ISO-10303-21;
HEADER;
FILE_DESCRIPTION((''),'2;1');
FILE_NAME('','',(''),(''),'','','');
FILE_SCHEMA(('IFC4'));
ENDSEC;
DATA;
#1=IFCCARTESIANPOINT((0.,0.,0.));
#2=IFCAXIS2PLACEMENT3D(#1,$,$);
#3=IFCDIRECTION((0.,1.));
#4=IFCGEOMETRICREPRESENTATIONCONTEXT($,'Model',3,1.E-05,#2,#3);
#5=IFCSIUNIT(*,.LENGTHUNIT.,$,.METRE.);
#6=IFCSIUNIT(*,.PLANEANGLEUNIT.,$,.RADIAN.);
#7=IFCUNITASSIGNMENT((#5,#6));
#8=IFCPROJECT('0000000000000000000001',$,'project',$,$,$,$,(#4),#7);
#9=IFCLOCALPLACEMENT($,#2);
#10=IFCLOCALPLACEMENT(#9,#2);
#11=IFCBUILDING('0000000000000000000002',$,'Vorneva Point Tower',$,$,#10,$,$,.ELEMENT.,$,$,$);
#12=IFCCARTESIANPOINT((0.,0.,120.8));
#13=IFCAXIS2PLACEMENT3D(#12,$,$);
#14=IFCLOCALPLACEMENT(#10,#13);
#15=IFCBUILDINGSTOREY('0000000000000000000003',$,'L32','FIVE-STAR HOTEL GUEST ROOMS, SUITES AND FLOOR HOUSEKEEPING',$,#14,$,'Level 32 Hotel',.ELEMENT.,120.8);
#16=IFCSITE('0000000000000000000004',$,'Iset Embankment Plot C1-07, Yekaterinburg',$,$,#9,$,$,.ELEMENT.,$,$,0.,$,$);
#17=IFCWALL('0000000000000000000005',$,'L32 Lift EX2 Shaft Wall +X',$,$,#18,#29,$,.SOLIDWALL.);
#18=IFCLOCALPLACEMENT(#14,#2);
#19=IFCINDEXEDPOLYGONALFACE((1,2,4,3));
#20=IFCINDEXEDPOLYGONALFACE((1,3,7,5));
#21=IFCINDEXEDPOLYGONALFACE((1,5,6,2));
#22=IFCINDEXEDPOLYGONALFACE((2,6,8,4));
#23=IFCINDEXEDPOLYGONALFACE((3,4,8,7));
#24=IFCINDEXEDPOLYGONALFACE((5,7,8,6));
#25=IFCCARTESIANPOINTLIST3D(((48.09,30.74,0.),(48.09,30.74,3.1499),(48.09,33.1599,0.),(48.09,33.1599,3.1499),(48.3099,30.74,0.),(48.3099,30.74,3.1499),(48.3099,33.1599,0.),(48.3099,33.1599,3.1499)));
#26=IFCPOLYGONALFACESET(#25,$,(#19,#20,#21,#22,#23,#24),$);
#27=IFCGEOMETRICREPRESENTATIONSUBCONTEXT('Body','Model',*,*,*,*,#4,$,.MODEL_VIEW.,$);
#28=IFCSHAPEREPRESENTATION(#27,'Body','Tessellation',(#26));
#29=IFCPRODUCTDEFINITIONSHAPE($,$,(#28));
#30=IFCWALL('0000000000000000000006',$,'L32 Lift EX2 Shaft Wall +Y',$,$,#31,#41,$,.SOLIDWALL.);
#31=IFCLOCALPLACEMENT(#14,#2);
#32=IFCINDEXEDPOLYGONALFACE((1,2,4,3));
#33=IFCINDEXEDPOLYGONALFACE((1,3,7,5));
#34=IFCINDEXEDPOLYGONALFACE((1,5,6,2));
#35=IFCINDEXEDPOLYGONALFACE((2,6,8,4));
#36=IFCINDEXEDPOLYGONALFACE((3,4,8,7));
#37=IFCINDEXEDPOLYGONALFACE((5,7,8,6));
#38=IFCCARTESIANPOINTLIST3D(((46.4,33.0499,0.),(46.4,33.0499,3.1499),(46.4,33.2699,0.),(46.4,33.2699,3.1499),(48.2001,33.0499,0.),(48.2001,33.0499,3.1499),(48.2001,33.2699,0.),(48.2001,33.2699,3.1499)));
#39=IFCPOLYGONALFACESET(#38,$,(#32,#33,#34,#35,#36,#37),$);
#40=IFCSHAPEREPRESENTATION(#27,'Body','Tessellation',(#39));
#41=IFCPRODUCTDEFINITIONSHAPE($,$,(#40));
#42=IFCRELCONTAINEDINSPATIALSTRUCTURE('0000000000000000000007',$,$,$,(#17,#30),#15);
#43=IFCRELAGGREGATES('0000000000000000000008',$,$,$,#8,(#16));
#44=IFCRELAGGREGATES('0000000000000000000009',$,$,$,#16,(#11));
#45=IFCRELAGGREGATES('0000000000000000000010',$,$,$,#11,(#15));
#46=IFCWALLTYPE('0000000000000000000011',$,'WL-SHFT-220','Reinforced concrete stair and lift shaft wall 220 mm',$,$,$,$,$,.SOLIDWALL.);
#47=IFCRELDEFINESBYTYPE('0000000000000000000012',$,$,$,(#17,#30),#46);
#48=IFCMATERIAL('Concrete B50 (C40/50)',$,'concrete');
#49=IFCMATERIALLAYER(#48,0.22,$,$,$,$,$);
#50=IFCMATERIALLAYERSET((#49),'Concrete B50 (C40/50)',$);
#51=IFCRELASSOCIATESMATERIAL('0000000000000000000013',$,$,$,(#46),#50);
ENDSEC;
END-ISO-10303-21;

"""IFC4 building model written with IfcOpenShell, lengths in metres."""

from ifc_helpers import new_model, si_unit, direction, frame, frame_2d, origin, place, context, subcontext, project, spatial, rectangle, extrude, material, layer, layer_set, type_object, element, save


model = new_model("IFC4")

# Units and contexts
model_context = context("Model", 3, precision=1e-05, world=origin(), true_north=direction((0.0, 1.0)))
body_context = subcontext(model_context, "Body", "Model", "MODEL_VIEW")
ifc_project = project(units=[si_unit("LENGTHUNIT", "METRE"), si_unit("PLANEANGLEUNIT", "RADIAN")], contexts=[model_context])

# Site, building, storey
site_placement = place(None, origin())
site = spatial("IfcSite", under=ifc_project, at=site_placement, Name="Iset Embankment Plot C1-07, Yekaterinburg", CompositionType="ELEMENT", RefElevation=0.0)
building_placement = place(site_placement, origin())
building = spatial("IfcBuilding", under=site, at=building_placement, Name="Vorneva Point Tower", CompositionType="ELEMENT")
storey_placement = place(building_placement, frame((0.0, 0.0, 120.8)))
storey = spatial("IfcBuildingStorey", under=building, at=storey_placement, Name="L32", Description="FIVE-STAR HOTEL GUEST ROOMS, SUITES AND FLOOR HOUSEKEEPING", LongName="Level 32 Hotel", CompositionType="ELEMENT", Elevation=120.8)

# Walls
ifc_material_1 = material(Name="Concrete B50 (C40/50)", Category="concrete")
ifc_layer_1 = layer(ifc_material_1, 0.22)
ifc_layer_set_1 = layer_set([ifc_layer_1], Name="Concrete B50 (C40/50)")
wall_type_1 = type_object("IfcWallType", Name="WL-SHFT-220", Description="Reinforced concrete stair and lift shaft wall 220 mm", PredefinedType="SOLIDWALL", material=ifc_layer_set_1)
wall_1_placement = place(storey_placement, frame((48.2, 30.74, 0.0), z_axis=(0.0, 0.0, 1.0), x_axis=(0.0, 1.0, 0.0)))
element("IfcWall", 1, at=wall_1_placement, inside=storey, type_object=wall_type_1, Name="L32 Lift EX2 Shaft Wall +X", PredefinedType="SOLIDWALL", context=body_context, shape_type="SweptSolid", body=[
    extrude(rectangle(XDim=2.4199, YDim=0.22, at=frame_2d((1.21, 0.0))), origin(), (0.0, 0.0, 1.0), 3.1499),
])
wall_2_placement = place(storey_placement, frame((48.2, 33.1599, 0.0), z_axis=(0.0, 0.0, 1.0), x_axis=(-1.0, 0.0, 0.0)))
element("IfcWall", 2, at=wall_2_placement, inside=storey, type_object=wall_type_1, Name="L32 Lift EX2 Shaft Wall +Y", PredefinedType="SOLIDWALL", context=body_context, shape_type="SweptSolid", body=[
    extrude(rectangle(XDim=1.8, YDim=0.22, at=frame_2d((0.8999, 0.0))), origin(), (0.0, 0.0, 1.0), 3.1499),
])

save(model, "model.ifc")
